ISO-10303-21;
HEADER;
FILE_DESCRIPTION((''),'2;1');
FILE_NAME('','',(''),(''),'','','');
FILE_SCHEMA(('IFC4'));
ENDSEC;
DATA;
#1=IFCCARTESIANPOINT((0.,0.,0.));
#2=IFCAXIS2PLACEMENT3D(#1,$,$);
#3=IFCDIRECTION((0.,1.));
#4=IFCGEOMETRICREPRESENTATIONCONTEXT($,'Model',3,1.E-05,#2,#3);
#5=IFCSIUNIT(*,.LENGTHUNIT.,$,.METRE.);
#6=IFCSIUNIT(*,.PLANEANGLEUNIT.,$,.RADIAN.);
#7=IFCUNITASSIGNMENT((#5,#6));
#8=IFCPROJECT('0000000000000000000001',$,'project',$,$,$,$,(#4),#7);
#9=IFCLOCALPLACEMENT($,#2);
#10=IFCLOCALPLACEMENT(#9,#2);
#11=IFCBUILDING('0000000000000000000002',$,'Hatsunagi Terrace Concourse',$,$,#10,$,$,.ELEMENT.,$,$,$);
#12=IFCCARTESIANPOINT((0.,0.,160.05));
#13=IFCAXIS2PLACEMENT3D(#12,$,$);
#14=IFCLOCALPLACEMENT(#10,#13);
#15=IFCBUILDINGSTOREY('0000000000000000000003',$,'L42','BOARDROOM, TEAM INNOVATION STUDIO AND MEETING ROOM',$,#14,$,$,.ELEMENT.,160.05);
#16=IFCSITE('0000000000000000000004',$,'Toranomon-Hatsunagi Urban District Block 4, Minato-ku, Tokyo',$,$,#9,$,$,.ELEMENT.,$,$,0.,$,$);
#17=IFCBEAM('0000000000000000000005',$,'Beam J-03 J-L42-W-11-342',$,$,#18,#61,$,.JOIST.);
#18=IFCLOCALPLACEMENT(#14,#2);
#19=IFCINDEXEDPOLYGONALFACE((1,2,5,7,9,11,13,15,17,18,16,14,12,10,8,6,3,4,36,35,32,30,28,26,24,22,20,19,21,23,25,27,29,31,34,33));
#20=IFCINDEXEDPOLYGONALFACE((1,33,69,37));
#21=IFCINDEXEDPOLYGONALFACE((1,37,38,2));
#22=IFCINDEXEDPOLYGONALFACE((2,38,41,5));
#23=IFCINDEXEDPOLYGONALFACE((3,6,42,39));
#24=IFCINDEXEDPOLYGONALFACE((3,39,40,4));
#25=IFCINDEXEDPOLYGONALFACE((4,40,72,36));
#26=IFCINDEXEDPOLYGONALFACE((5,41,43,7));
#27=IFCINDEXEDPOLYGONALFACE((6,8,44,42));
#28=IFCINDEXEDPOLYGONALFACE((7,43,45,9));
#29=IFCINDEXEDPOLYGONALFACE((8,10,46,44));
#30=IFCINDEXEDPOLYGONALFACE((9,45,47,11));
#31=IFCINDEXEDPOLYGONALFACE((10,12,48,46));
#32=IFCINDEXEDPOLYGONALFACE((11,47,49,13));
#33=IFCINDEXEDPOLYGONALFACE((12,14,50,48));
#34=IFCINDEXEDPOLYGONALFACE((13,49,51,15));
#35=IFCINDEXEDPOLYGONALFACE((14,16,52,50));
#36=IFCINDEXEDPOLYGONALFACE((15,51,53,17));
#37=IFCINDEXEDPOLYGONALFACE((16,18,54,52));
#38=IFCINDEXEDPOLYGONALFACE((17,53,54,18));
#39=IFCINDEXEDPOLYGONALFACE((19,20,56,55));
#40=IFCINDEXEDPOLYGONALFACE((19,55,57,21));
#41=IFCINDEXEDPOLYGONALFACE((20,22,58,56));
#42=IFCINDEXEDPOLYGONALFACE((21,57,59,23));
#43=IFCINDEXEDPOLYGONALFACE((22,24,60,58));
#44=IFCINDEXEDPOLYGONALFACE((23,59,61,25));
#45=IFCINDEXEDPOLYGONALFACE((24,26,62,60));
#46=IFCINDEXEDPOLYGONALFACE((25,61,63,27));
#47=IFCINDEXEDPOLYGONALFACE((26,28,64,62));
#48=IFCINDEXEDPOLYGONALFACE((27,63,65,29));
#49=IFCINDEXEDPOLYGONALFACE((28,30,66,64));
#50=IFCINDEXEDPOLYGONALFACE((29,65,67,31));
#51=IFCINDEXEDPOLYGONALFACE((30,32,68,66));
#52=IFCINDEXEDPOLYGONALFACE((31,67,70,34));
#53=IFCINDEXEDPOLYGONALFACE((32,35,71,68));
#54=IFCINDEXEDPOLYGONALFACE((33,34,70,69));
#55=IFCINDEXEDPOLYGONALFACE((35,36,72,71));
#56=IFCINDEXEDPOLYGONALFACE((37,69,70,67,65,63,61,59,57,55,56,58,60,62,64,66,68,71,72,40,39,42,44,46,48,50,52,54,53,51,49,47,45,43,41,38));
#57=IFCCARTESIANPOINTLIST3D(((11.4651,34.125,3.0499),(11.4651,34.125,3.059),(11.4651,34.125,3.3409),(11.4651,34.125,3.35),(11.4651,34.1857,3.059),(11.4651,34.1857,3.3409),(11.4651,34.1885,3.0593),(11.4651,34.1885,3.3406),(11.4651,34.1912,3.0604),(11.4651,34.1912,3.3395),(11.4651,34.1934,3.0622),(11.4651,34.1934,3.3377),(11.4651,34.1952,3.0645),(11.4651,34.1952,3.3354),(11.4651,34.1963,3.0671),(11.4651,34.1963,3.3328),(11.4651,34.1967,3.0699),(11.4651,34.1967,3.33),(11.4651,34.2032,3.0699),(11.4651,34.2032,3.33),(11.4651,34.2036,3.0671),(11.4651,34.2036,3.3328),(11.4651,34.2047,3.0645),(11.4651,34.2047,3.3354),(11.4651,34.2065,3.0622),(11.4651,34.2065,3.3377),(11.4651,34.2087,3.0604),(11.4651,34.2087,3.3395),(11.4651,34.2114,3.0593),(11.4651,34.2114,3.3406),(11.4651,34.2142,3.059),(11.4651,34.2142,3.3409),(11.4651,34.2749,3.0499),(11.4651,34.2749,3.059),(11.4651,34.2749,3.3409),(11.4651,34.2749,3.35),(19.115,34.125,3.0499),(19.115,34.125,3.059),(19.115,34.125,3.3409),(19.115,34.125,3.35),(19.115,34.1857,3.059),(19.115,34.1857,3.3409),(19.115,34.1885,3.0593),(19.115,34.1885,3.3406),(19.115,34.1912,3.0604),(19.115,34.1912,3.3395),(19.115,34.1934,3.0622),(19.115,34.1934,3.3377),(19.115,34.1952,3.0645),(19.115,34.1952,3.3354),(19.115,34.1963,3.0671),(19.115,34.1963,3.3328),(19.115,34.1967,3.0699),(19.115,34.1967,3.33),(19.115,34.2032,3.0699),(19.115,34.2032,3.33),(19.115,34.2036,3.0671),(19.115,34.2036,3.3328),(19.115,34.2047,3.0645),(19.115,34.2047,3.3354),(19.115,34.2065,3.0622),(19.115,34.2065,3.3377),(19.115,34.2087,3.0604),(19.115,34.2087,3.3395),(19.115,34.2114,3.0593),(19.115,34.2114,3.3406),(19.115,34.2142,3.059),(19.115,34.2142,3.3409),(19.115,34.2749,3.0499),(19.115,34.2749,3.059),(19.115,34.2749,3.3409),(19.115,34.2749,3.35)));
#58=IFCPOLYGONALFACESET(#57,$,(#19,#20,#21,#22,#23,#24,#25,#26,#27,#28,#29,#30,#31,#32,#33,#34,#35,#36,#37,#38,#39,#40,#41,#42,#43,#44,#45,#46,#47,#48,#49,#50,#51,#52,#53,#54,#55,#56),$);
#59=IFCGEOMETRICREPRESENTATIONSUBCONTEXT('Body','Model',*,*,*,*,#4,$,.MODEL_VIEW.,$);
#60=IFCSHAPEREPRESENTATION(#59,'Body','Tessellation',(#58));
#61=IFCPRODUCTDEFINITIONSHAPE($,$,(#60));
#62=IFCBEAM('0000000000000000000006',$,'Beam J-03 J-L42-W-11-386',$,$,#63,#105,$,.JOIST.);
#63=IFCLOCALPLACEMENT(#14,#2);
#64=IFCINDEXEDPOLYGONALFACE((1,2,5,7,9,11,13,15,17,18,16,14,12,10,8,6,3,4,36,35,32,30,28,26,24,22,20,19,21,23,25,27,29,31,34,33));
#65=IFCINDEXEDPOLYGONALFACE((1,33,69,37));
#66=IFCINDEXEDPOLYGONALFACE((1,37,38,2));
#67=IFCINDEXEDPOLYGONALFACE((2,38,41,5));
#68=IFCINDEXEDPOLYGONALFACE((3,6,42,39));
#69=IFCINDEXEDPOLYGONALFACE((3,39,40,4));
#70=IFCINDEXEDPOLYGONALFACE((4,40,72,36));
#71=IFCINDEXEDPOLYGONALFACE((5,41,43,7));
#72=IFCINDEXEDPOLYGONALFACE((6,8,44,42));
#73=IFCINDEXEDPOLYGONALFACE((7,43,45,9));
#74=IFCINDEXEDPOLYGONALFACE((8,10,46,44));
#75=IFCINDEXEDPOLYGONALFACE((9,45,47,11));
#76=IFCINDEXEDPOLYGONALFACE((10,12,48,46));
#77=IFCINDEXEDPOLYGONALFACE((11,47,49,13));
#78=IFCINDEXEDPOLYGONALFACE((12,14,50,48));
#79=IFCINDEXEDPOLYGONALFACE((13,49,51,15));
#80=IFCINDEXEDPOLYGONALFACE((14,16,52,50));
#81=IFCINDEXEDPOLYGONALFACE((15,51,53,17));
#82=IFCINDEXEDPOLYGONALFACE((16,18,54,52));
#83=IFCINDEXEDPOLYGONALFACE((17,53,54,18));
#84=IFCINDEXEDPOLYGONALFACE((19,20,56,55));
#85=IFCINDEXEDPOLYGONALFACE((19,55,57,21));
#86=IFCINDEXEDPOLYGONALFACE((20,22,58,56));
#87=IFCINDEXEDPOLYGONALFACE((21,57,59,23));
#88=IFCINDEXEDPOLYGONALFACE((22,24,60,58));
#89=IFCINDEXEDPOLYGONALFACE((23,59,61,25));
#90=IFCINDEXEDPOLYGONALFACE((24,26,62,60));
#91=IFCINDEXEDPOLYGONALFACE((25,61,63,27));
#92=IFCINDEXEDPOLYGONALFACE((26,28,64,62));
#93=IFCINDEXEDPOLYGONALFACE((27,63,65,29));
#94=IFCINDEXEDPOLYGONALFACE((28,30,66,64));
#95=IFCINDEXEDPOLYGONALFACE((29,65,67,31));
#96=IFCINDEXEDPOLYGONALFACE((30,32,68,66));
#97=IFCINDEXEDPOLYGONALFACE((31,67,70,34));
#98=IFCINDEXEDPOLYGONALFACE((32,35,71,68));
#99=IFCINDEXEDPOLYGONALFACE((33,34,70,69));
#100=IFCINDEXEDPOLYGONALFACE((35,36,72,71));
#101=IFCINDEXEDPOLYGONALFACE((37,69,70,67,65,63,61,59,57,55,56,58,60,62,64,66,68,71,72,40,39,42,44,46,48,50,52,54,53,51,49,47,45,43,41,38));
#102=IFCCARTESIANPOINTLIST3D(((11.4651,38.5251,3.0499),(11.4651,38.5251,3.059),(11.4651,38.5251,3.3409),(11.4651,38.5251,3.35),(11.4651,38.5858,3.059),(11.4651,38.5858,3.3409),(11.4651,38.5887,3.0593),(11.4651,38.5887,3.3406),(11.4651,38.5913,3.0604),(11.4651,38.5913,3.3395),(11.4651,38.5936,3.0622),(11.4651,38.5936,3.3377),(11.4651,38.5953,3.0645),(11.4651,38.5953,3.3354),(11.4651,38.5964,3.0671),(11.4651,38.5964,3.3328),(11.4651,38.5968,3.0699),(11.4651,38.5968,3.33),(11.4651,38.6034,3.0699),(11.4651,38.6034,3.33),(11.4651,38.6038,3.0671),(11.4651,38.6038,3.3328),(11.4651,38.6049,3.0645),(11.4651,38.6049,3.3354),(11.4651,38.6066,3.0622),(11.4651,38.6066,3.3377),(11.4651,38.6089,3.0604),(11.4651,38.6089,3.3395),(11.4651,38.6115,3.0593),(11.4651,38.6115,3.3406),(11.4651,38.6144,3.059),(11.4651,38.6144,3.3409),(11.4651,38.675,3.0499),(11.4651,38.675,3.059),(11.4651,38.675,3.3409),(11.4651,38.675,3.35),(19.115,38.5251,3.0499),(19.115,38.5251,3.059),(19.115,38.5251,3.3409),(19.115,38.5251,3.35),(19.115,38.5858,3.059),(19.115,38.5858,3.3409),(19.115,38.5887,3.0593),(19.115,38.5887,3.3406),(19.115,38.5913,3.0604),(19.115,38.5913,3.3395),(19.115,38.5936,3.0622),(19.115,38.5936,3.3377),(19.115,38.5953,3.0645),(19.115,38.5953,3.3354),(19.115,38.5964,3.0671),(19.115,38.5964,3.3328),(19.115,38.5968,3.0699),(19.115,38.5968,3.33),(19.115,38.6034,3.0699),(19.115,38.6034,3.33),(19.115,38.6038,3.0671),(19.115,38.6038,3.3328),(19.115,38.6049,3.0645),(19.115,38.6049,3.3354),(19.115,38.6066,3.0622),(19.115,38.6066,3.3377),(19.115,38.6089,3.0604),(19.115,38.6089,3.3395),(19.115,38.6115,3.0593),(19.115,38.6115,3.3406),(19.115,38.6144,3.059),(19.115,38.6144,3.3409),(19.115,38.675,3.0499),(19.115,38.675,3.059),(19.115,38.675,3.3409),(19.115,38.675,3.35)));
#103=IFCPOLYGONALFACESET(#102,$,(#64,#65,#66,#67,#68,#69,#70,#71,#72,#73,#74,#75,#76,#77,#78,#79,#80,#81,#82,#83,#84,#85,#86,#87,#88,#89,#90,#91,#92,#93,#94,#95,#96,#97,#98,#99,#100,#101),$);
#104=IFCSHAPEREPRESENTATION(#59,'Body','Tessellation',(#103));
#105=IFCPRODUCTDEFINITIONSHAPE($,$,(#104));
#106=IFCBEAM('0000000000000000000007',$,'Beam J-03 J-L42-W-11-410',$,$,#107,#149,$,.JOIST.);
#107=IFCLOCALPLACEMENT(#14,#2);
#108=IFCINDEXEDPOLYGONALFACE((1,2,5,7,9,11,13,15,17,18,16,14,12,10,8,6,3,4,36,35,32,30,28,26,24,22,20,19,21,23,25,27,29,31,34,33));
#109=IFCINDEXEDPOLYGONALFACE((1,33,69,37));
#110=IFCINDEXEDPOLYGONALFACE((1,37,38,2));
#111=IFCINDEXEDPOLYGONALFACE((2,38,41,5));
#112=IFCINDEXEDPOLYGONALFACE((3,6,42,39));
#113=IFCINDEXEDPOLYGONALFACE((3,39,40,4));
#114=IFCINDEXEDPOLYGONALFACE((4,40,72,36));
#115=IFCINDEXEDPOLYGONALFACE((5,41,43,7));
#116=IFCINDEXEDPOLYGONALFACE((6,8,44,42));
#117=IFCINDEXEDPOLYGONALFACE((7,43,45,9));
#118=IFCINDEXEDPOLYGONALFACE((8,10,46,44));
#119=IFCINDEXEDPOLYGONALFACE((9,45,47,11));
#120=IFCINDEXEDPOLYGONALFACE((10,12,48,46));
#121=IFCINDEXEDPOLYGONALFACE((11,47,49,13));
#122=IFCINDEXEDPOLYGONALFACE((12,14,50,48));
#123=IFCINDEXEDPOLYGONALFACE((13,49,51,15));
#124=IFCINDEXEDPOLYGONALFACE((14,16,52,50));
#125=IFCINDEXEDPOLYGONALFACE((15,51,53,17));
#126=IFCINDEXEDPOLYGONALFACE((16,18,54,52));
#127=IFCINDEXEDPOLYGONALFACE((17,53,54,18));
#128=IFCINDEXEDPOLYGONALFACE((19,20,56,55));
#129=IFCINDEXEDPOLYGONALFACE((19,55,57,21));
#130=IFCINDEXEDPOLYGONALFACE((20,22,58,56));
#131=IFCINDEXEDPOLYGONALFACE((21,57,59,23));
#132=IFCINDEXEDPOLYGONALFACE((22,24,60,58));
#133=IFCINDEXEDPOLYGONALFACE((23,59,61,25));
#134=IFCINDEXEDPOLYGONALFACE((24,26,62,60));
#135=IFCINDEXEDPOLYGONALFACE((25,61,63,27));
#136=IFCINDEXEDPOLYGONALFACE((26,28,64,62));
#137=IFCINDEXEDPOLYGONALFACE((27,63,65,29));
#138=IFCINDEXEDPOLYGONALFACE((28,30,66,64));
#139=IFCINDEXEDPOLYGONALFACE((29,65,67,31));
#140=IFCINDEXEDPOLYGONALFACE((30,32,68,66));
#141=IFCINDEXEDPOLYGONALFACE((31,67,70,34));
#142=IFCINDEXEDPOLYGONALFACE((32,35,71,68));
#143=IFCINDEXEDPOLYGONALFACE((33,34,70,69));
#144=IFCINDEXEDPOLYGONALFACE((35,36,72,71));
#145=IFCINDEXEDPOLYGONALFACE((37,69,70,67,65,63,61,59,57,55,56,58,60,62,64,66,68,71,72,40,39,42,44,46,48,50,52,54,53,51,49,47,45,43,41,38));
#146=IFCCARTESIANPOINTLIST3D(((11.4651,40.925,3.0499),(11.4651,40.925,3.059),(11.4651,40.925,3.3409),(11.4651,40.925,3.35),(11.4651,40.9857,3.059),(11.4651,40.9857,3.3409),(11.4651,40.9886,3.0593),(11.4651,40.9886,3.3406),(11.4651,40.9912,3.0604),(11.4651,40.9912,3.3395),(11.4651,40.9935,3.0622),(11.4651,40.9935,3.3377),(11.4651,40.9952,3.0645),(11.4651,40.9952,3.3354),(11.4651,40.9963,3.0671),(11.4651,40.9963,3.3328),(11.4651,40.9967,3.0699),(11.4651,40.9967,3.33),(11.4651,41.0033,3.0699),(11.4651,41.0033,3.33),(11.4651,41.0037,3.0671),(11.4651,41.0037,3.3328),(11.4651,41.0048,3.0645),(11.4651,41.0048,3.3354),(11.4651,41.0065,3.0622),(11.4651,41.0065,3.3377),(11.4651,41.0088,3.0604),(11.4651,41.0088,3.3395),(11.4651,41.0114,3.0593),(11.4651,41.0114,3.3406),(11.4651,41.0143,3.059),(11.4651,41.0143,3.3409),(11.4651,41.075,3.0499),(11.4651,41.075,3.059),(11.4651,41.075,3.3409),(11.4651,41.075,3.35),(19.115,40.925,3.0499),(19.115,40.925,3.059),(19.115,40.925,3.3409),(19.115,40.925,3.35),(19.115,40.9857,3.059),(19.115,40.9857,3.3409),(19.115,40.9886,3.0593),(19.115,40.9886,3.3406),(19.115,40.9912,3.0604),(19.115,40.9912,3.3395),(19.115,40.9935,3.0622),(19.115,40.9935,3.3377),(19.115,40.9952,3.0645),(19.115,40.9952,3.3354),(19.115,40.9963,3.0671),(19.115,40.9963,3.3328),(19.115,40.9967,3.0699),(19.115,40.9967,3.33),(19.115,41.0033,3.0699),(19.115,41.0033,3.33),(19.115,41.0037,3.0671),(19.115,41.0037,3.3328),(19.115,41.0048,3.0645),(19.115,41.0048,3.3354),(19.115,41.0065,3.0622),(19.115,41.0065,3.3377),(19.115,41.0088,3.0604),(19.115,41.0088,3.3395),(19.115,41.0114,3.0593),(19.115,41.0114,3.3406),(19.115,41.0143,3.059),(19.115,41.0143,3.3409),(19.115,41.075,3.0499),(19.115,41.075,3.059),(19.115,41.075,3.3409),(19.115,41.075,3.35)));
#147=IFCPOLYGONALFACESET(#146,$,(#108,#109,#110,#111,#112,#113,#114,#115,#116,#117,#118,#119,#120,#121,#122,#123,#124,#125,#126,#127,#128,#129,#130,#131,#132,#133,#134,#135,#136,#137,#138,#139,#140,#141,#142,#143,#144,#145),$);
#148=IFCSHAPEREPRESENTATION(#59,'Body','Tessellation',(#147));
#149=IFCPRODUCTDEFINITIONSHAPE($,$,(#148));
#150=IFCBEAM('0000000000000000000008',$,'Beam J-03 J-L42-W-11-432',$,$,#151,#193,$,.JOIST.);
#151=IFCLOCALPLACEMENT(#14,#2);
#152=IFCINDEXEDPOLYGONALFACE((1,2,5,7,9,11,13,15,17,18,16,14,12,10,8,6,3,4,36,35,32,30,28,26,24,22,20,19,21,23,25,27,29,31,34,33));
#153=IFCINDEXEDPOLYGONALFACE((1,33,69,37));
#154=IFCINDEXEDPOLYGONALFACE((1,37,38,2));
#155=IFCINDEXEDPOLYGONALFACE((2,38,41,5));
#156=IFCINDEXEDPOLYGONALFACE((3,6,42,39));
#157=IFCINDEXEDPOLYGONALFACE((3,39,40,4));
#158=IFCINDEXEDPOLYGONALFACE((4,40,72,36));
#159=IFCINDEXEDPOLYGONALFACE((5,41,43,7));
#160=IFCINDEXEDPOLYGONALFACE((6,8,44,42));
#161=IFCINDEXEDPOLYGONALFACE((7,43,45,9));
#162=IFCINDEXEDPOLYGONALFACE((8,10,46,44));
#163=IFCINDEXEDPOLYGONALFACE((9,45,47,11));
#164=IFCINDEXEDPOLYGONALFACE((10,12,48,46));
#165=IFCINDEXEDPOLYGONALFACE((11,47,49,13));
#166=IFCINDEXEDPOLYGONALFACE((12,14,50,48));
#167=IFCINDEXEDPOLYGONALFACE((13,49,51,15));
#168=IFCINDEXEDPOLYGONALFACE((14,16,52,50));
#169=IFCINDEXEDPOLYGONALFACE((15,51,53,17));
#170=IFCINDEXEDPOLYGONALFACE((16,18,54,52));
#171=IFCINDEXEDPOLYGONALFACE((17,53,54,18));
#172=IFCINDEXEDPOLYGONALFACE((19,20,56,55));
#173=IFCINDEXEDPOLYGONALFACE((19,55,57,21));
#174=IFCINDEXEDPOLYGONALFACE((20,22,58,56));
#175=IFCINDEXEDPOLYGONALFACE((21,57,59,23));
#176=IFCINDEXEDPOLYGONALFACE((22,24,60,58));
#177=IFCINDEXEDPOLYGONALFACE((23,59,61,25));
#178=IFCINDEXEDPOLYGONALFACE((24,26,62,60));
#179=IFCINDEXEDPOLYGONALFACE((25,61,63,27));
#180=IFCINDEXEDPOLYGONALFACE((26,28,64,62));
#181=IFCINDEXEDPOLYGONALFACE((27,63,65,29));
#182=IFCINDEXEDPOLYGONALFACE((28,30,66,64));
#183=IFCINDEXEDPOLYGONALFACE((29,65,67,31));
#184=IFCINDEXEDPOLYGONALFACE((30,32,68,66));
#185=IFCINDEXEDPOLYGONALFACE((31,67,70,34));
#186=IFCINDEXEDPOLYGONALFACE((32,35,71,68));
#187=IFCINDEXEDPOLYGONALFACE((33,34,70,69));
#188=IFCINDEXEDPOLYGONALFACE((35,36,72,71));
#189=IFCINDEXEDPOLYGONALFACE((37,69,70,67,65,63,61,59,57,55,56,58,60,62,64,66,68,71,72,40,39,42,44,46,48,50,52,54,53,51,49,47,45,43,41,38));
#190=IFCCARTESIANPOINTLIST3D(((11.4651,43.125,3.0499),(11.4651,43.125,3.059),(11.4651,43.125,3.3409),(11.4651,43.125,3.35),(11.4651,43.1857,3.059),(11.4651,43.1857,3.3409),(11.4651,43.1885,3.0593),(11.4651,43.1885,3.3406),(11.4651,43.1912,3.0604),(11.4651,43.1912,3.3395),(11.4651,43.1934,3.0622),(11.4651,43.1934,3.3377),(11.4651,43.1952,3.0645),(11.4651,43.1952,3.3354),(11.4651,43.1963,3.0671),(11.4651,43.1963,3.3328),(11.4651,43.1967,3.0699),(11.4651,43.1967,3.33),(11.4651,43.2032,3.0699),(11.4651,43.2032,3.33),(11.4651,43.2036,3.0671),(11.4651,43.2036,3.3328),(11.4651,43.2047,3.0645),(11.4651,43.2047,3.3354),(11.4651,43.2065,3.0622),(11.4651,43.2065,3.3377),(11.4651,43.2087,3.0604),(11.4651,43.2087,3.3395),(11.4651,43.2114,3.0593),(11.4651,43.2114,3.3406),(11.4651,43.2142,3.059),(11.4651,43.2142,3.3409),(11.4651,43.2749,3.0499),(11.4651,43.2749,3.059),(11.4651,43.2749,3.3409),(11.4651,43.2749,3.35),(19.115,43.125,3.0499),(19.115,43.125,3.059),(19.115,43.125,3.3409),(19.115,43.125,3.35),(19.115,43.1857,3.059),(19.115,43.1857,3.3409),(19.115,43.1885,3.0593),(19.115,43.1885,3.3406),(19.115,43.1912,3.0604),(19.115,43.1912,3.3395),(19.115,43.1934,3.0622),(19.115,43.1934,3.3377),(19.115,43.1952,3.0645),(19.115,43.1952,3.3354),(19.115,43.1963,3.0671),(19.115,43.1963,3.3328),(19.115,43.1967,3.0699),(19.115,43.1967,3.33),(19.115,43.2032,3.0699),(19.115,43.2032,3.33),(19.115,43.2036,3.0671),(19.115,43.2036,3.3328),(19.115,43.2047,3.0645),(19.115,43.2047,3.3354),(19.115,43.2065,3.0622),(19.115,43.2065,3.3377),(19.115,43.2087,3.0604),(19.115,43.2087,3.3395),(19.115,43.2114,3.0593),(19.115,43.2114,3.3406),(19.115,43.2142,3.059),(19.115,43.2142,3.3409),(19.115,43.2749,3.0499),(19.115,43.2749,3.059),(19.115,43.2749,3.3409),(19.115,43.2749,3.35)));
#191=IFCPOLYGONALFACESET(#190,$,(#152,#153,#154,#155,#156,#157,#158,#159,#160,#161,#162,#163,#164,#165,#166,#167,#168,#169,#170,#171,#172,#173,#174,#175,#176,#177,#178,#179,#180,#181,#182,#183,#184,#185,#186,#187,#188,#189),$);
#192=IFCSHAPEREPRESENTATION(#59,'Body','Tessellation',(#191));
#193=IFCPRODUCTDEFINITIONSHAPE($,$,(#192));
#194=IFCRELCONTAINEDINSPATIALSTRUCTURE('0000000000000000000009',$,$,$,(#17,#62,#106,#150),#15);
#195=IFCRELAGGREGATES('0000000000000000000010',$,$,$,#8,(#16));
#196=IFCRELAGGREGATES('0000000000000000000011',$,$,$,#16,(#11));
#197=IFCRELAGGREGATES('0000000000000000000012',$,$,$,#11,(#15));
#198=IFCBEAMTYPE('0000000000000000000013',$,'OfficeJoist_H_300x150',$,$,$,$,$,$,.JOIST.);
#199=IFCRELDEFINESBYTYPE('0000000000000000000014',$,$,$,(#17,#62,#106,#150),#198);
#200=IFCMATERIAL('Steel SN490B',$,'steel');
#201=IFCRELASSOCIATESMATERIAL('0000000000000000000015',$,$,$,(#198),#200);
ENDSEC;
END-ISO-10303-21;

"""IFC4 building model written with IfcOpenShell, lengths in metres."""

from ifc_helpers import new_model, si_unit, direction, frame, origin, origin_2d, place, context, subcontext, project, spatial, i_section, extrude, material, material_profile, profile_set, type_object, element, save


model = new_model("IFC4")

# Units and contexts
model_context = context("Model", 3, precision=1e-05, world=origin(), true_north=direction((0.0, 1.0)))
body_context = subcontext(model_context, "Body", "Model", "MODEL_VIEW")
ifc_project = project(units=[si_unit("LENGTHUNIT", "METRE"), si_unit("PLANEANGLEUNIT", "RADIAN")], contexts=[model_context])

# Site, building, storey
site_placement = place(None, origin())
site = spatial("IfcSite", under=ifc_project, at=site_placement, Name="Toranomon-Hatsunagi Urban District Block 4, Minato-ku, Tokyo", CompositionType="ELEMENT", RefElevation=0.0)
building_placement = place(site_placement, origin())
building = spatial("IfcBuilding", under=site, at=building_placement, Name="Hatsunagi Terrace Concourse", CompositionType="ELEMENT")
storey_placement = place(building_placement, frame((0.0, 0.0, 160.05)))
storey = spatial("IfcBuildingStorey", under=building, at=storey_placement, Name="L42", Description="BOARDROOM, TEAM INNOVATION STUDIO AND MEETING ROOM", CompositionType="ELEMENT", Elevation=160.05)

# Beams
ifc_material_1 = material(Name="Steel SN490B", Category="steel")
ifc_material_profile_1 = material_profile(ifc_material_1, i_section(OverallWidth=0.1499, OverallDepth=0.3, WebThickness=0.0066, FlangeThickness=0.009, FilletRadius=0.011, at=origin_2d()), Name="H-300x150x6.5x9")
ifc_profile_set_1 = profile_set([ifc_material_profile_1], Name="Steel SN490B")
beam_type_1 = type_object("IfcBeamType", Name="OfficeJoist_H_300x150", PredefinedType="JOIST", material=ifc_profile_set_1)
for number, where, z_axis, x_axis, name in (
    (1, (11.4651, 34.2, 3.2), (1.0, 0.0, 0.0), (0.0, 1.0, 0.0), "Beam J-03 J-L42-W-11-342"),
    (2, (11.4651, 38.6001, 3.2), (1.0, 0.0, 0.0), (0.0, 1.0, 0.0), "Beam J-03 J-L42-W-11-386"),
    (3, (11.4651, 41.0, 3.2), (1.0, 0.0, 0.0), (0.0, 1.0, 0.0), "Beam J-03 J-L42-W-11-410"),
    (4, (11.4651, 43.2, 3.2), (1.0, 0.0, 0.0), (0.0, 1.0, 0.0), "Beam J-03 J-L42-W-11-432"),
):
    element("IfcBeam", number, at=place(storey_placement, frame(where, z_axis=z_axis, x_axis=x_axis)), inside=storey, type_object=beam_type_1, Name=name, PredefinedType="JOIST", context=body_context, shape_type="SweptSolid", body=[
        extrude(i_section(OverallWidth=0.1499, OverallDepth=0.3, WebThickness=0.0066, FlangeThickness=0.009, FilletRadius=0.011, at=origin_2d()), origin(), (0.0, 0.0, 1.0), 7.6499),
    ])

save(model, "model.ifc")
